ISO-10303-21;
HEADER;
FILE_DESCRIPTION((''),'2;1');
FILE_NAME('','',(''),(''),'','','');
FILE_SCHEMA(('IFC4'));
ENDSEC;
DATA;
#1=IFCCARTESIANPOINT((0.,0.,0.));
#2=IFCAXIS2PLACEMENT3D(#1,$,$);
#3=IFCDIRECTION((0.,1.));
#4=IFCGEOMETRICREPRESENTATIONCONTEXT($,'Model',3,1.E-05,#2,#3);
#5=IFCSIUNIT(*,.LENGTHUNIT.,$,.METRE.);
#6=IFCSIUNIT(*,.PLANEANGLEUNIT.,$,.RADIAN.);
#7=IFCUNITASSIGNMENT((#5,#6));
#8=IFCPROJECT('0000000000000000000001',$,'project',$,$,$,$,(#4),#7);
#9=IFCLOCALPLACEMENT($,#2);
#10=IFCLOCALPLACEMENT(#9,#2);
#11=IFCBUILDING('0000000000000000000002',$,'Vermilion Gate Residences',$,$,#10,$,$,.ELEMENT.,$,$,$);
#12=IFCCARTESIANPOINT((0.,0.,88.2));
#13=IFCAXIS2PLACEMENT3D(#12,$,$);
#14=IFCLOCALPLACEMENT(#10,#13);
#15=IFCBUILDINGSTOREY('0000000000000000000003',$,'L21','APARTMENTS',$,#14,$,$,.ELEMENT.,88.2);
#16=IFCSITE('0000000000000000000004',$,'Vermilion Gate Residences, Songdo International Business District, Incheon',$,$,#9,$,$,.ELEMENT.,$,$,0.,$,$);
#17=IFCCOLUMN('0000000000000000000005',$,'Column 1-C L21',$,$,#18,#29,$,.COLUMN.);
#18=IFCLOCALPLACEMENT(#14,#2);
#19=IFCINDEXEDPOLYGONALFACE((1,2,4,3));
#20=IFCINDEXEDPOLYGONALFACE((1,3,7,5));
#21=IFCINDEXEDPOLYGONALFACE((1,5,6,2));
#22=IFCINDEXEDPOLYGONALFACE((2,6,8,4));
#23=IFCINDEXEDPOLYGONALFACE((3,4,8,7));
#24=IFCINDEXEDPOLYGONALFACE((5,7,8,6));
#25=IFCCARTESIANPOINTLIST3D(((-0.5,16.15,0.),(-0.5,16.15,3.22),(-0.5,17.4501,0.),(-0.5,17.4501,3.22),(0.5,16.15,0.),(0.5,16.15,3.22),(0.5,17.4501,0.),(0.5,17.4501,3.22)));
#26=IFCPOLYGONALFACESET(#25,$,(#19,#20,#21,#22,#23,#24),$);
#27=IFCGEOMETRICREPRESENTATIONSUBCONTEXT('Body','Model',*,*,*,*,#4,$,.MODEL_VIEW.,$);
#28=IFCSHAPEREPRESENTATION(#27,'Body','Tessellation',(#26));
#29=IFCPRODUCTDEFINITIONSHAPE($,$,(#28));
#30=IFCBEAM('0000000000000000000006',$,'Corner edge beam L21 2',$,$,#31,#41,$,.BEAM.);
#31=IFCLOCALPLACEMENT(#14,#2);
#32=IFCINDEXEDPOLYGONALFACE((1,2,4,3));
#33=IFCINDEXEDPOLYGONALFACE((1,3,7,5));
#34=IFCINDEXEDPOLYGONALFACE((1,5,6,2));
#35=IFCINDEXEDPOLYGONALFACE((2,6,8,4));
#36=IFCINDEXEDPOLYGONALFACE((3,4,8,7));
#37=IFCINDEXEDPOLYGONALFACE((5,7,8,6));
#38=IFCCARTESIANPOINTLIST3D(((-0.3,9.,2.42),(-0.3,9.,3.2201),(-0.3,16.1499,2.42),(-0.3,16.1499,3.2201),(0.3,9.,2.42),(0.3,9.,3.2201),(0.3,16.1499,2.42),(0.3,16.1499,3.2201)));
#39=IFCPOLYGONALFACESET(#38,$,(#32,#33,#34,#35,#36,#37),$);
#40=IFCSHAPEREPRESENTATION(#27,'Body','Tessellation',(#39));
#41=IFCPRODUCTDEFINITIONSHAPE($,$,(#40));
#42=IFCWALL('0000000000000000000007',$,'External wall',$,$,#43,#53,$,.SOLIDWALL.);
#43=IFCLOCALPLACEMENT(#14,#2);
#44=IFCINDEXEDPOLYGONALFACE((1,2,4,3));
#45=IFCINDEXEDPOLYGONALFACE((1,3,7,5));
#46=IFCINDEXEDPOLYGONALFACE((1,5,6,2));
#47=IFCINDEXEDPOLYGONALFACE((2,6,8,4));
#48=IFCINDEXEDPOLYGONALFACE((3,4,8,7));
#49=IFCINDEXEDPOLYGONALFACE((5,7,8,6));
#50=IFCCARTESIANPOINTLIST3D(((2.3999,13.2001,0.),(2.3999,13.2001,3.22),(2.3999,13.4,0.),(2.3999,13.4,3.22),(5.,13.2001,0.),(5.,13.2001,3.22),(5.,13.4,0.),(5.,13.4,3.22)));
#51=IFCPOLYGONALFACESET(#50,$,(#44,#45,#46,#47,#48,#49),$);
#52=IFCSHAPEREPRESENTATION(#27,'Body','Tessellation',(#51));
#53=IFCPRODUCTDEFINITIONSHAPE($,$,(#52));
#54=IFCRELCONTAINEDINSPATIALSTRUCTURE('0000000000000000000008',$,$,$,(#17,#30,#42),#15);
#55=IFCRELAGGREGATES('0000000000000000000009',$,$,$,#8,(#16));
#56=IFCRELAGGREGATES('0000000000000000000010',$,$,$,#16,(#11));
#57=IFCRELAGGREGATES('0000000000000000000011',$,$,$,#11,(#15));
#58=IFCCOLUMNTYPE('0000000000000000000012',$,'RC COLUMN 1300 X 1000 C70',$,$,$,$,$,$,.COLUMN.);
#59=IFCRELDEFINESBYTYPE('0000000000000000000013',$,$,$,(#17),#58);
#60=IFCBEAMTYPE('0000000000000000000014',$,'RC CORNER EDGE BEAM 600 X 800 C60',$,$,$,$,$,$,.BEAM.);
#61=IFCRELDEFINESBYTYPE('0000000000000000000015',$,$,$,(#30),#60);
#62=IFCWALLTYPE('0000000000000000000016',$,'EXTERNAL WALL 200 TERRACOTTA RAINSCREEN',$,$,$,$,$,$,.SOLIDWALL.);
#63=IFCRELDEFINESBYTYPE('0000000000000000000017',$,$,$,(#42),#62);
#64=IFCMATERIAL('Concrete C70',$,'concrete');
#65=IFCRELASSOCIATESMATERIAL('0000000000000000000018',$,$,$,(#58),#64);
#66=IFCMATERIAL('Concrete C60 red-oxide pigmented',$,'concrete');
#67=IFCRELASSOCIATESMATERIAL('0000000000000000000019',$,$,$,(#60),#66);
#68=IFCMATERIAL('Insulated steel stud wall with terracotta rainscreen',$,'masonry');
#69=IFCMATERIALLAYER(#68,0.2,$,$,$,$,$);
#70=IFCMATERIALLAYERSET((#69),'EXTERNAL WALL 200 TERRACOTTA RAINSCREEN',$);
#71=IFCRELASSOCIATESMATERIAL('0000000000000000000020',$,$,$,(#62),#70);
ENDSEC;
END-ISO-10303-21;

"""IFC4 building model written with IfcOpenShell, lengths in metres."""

from ifc_helpers import new_model, si_unit, direction, frame, frame_2d, origin, origin_2d, place, context, subcontext, project, spatial, rectangle, extrude, material, layer, layer_set, material_profile, profile_set, type_object, element, save


model = new_model("IFC4")

# Units and contexts
model_context = context("Model", 3, precision=1e-05, world=origin(), true_north=direction((0.0, 1.0)))
body_context = subcontext(model_context, "Body", "Model", "MODEL_VIEW")
ifc_project = project(units=[si_unit("LENGTHUNIT", "METRE"), si_unit("PLANEANGLEUNIT", "RADIAN")], contexts=[model_context])

# Site, building, storey
site_placement = place(None, origin())
site = spatial("IfcSite", under=ifc_project, at=site_placement, Name="Vermilion Gate Residences, Songdo International Business District, Incheon", CompositionType="ELEMENT", RefElevation=0.0)
building_placement = place(site_placement, origin())
building = spatial("IfcBuilding", under=site, at=building_placement, Name="Vermilion Gate Residences", CompositionType="ELEMENT")
storey_placement = place(building_placement, frame((0.0, 0.0, 88.2)))
storey = spatial("IfcBuildingStorey", under=building, at=storey_placement, Name="L21", Description="APARTMENTS", CompositionType="ELEMENT", Elevation=88.2)

# Column
ifc_material_1 = material(Name="Concrete C70", Category="concrete")
ifc_material_profile_1 = material_profile(ifc_material_1, rectangle(XDim=1.3, YDim=1.0, at=origin_2d()), Name="RC-1300x1000")
ifc_profile_set_1 = profile_set([ifc_material_profile_1], Name="Concrete C70")
column_type = type_object("IfcColumnType", Name="RC COLUMN 1300 X 1000 C70", PredefinedType="COLUMN", material=ifc_profile_set_1)
column_placement = place(storey_placement, frame((0.0, 16.8, 0.0), z_axis=(0.0, 0.0, 1.0), x_axis=(0.0, 1.0, 0.0)))
element("IfcColumn", 1, at=column_placement, inside=storey, type_object=column_type, Name="Column 1-C L21", PredefinedType="COLUMN", context=body_context, shape_type="SweptSolid", body=[
    extrude(rectangle(XDim=1.3, YDim=1.0, at=origin_2d()), origin(), (0.0, 0.0, 1.0), 3.22),
])

# Beam
ifc_material_2 = material(Name="Concrete C60 red-oxide pigmented", Category="concrete")
ifc_material_profile_2 = material_profile(ifc_material_2, rectangle(XDim=0.6001, YDim=0.8, at=origin_2d()), Name="RC-600x800")
ifc_profile_set_2 = profile_set([ifc_material_profile_2], Name="Concrete C60 red-oxide pigmented")
beam_type = type_object("IfcBeamType", Name="RC CORNER EDGE BEAM 600 X 800 C60", PredefinedType="BEAM", material=ifc_profile_set_2)
beam_placement = place(storey_placement, frame((0.0, 9.0, 2.8201), z_axis=(0.0, 1.0, 0.0), x_axis=(-1.0, 0.0, 0.0)))
element("IfcBeam", 2, at=beam_placement, inside=storey, type_object=beam_type, Name="Corner edge beam L21 2", PredefinedType="BEAM", context=body_context, shape_type="SweptSolid", body=[
    extrude(rectangle(XDim=0.6001, YDim=0.8, at=origin_2d()), origin(), (0.0, 0.0, 1.0), 7.1499),
])

# Wall
ifc_material_3 = material(Name="Insulated steel stud wall with terracotta rainscreen", Category="masonry")
ifc_layer_1 = layer(ifc_material_3, 0.2)
ifc_layer_set_1 = layer_set([ifc_layer_1], Name="EXTERNAL WALL 200 TERRACOTTA RAINSCREEN")
wall_type_1 = type_object("IfcWallType", Name="EXTERNAL WALL 200 TERRACOTTA RAINSCREEN", PredefinedType="SOLIDWALL", material=ifc_layer_set_1)
wall_1_placement = place(storey_placement, frame((2.3999, 13.3, 0.0), z_axis=(0.0, 0.0, 1.0), x_axis=(1.0, 0.0, 0.0)))
element("IfcWall", 3, at=wall_1_placement, inside=storey, type_object=wall_type_1, Name="External wall", PredefinedType="SOLIDWALL", context=body_context, shape_type="SweptSolid", body=[
    extrude(rectangle(XDim=2.6001, YDim=0.2, at=frame_2d((1.3, 0.0))), origin(), (0.0, 0.0, 1.0), 3.22),
])

save(model, "model.ifc")
